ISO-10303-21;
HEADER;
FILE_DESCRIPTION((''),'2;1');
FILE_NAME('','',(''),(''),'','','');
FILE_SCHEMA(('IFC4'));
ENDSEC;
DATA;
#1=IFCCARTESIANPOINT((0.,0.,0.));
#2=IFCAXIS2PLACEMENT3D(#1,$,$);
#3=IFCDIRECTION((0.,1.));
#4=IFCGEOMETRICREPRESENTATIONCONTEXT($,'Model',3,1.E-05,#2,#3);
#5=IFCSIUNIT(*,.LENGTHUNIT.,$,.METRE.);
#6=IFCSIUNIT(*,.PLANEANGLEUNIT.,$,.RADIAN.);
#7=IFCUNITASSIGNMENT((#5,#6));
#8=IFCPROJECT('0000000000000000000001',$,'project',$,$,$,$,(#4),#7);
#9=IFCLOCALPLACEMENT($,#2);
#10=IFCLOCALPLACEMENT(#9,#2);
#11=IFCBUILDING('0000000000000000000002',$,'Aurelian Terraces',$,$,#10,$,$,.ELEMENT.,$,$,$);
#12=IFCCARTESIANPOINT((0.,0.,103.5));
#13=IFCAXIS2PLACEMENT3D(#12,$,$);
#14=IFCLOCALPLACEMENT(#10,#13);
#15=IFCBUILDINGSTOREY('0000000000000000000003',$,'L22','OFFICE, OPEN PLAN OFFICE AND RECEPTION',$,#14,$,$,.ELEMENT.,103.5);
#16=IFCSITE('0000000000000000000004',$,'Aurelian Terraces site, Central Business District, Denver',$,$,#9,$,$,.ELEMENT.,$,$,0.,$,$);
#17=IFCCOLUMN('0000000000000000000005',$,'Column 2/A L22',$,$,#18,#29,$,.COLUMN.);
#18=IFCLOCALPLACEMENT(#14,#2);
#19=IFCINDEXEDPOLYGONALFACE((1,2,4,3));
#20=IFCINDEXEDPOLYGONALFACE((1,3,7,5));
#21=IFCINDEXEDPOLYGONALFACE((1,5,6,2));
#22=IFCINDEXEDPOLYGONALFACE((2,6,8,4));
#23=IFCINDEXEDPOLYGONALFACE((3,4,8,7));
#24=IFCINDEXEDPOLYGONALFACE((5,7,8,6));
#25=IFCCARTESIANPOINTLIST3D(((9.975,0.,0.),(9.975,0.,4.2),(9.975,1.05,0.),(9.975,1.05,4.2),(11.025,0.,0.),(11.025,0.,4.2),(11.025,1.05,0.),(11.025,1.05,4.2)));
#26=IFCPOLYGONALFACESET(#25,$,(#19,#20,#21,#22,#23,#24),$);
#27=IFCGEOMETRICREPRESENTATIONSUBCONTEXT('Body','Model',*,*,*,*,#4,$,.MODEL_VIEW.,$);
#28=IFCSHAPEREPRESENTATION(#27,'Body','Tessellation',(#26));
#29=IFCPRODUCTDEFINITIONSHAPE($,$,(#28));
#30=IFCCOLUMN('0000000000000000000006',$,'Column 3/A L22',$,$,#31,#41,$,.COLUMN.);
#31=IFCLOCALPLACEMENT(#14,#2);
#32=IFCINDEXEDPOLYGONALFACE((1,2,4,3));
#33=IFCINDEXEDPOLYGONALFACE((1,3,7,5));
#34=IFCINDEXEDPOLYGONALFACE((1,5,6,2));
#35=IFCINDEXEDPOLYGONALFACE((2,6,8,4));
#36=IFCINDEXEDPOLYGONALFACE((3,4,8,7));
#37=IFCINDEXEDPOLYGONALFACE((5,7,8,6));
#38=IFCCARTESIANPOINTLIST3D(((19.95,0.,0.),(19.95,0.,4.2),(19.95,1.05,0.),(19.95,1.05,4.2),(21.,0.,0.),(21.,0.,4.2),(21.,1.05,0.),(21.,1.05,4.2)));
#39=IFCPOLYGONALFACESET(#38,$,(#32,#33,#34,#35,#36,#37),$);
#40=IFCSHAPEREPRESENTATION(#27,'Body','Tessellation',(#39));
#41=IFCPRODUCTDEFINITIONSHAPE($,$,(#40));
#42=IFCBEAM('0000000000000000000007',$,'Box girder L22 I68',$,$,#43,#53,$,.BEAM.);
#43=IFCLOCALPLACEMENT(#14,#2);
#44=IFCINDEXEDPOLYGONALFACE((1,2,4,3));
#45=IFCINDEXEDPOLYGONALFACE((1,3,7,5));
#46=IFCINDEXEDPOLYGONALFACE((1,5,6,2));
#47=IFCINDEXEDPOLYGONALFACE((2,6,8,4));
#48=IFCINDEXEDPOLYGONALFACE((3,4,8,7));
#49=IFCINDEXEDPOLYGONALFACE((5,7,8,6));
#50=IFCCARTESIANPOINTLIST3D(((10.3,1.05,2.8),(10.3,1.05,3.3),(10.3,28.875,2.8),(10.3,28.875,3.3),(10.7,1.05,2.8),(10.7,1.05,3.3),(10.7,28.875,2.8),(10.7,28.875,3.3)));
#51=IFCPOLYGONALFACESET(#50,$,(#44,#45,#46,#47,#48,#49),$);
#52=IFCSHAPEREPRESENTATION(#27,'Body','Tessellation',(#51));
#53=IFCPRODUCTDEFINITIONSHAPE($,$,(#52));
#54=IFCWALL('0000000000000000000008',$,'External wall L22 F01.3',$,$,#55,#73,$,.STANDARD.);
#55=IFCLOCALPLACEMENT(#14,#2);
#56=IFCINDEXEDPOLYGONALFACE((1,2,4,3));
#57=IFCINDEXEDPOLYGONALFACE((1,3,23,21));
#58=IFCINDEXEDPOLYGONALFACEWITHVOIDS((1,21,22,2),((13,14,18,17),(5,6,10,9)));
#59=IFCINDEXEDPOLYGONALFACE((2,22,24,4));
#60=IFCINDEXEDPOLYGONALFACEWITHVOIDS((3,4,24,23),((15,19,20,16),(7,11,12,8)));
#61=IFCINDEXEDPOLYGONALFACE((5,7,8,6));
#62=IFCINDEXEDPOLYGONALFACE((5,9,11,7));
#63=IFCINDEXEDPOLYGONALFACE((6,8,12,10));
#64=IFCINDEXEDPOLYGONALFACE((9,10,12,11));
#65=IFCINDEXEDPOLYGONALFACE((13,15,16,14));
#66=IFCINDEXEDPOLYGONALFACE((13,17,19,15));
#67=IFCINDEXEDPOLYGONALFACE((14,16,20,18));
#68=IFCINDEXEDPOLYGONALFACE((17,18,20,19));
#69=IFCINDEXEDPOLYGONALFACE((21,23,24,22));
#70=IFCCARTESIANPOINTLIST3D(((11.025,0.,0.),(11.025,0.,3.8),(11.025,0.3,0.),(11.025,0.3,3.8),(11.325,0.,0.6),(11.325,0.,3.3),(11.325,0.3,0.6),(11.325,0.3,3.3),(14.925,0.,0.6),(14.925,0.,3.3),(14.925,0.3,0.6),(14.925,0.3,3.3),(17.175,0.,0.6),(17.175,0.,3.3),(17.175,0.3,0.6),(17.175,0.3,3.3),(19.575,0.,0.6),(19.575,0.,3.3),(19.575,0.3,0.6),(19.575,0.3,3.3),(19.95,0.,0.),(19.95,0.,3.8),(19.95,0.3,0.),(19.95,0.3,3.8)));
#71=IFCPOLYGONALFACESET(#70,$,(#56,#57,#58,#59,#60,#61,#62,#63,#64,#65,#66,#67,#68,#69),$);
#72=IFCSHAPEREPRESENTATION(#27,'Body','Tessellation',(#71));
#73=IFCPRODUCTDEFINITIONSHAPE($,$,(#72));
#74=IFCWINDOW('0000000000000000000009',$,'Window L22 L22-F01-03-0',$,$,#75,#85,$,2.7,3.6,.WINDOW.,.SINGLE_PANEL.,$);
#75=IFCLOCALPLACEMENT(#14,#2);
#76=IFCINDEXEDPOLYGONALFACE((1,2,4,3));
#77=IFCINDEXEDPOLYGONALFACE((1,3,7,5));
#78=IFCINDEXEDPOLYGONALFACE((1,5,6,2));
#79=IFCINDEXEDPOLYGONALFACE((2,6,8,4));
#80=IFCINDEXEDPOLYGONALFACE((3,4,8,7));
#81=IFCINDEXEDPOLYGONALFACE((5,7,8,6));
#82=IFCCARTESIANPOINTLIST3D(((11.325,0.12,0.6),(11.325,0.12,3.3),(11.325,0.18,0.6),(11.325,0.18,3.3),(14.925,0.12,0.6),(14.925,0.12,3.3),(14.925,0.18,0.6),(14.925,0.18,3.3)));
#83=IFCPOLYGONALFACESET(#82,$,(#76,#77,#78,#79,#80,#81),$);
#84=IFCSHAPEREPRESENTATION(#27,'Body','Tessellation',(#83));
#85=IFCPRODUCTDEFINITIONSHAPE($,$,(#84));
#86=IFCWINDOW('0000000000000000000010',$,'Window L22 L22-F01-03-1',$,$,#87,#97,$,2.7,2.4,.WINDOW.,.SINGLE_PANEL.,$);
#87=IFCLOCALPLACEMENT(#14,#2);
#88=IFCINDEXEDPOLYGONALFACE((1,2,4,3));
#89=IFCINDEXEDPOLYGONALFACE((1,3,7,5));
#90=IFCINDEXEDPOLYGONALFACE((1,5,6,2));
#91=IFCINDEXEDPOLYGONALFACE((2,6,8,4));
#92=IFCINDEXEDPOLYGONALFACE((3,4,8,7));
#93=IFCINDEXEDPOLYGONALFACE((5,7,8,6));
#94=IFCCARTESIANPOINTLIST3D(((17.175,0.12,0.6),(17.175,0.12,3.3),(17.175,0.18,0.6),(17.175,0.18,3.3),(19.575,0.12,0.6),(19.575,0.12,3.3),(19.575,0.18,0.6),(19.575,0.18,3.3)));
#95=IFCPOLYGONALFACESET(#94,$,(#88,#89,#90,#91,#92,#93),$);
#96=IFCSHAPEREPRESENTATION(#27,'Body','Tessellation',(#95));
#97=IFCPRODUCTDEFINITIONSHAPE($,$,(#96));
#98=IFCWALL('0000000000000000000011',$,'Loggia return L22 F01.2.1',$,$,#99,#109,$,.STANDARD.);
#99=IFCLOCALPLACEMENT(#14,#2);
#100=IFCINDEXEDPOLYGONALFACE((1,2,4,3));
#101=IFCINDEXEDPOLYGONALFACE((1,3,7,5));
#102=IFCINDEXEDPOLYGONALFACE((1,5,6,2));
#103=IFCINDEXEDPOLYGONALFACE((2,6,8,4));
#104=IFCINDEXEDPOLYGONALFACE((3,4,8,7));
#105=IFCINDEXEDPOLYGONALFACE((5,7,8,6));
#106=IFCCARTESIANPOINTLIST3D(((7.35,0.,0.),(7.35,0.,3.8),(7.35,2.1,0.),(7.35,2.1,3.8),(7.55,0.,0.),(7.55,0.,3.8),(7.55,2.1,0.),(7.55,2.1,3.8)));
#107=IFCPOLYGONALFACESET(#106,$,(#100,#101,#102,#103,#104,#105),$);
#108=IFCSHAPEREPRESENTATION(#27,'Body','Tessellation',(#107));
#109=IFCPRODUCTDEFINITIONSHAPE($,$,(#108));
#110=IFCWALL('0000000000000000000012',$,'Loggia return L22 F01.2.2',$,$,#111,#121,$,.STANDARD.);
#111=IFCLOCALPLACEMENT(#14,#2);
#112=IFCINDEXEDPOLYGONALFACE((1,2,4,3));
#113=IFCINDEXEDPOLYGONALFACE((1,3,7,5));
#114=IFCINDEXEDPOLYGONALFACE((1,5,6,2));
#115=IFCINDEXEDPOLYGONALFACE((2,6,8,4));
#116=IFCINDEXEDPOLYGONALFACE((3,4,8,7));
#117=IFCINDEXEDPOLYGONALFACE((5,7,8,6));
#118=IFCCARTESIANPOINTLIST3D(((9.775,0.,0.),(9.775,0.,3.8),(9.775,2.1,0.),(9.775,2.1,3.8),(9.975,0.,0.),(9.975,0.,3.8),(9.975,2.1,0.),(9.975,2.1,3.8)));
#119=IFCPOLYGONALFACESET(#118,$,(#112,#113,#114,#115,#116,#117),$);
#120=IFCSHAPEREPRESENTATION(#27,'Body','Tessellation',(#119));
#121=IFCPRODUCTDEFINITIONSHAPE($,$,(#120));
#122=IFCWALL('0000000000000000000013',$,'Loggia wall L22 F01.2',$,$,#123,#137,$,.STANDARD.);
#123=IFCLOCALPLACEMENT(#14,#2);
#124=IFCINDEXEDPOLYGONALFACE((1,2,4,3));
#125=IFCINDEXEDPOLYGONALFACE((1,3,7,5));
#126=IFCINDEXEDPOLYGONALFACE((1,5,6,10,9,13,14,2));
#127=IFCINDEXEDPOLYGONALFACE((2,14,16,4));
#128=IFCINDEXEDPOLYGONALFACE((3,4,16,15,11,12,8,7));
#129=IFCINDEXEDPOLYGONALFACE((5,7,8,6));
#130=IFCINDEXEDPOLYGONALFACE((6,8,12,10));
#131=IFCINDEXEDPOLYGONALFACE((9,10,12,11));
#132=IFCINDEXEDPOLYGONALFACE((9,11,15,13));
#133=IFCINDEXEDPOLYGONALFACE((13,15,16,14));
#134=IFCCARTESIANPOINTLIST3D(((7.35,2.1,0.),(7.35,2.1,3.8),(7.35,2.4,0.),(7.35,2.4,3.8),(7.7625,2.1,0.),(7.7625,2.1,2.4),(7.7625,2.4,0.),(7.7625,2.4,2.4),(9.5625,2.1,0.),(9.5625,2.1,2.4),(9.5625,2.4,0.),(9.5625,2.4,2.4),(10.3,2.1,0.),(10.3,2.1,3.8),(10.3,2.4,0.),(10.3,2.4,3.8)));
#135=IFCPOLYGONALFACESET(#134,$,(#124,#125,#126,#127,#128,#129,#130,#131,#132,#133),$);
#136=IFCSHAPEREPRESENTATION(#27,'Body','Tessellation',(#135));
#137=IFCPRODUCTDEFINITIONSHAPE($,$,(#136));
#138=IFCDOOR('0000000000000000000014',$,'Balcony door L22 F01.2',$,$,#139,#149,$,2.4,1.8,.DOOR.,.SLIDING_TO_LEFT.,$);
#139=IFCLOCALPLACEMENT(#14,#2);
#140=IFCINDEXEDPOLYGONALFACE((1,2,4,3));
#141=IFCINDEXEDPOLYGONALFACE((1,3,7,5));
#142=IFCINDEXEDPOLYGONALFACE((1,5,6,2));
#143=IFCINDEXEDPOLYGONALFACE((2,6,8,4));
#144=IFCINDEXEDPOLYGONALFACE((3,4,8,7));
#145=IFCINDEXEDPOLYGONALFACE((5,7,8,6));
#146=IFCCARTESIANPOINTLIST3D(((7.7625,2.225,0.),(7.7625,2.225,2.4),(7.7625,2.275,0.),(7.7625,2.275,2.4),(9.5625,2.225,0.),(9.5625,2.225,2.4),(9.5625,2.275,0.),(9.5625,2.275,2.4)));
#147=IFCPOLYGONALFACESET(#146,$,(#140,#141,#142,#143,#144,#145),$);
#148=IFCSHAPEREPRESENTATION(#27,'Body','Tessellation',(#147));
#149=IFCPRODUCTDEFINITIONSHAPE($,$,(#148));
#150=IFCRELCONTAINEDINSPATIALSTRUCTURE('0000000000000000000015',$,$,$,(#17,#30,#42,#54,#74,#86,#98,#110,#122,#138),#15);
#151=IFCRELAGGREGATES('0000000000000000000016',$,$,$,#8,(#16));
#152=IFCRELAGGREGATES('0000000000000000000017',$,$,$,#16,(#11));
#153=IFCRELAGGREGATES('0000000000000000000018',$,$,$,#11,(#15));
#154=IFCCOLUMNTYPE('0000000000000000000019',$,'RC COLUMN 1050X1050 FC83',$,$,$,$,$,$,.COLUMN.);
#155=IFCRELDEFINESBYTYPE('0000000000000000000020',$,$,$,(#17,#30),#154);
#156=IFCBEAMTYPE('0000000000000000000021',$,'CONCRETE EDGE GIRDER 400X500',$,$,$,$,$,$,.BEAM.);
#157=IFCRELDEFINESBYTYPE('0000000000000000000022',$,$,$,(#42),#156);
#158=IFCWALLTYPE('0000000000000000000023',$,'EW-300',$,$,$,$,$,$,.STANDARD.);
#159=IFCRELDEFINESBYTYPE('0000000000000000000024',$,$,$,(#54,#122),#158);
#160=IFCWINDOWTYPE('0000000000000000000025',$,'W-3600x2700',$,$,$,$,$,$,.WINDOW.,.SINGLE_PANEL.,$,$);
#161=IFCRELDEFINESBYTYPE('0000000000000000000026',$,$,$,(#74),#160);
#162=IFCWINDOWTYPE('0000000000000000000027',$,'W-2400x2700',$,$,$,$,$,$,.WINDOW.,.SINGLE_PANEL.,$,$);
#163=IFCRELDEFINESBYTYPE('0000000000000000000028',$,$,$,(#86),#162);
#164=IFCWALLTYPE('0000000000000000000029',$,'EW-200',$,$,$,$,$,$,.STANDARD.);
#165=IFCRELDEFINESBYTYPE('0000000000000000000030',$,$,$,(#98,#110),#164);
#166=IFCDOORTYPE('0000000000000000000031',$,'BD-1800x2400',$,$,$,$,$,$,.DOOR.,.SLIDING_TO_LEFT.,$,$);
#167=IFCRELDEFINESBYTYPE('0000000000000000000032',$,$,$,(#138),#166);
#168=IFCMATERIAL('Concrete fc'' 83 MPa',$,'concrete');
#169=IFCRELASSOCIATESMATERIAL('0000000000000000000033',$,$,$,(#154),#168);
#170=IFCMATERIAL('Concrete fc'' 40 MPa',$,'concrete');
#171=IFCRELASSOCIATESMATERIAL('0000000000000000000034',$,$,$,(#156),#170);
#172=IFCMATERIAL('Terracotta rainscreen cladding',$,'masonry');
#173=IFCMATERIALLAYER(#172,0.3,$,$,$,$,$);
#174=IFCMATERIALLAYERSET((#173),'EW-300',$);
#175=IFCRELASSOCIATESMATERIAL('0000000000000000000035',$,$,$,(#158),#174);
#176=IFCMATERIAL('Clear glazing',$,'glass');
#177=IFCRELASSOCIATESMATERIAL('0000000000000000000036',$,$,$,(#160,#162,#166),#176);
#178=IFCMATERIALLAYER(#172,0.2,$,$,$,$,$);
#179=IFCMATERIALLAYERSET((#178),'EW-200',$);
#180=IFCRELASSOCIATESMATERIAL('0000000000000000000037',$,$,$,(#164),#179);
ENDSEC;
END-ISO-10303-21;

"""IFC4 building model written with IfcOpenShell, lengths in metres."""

from ifc_helpers import new_model, si_unit, direction, frame, frame_2d, origin, origin_2d, place, context, subcontext, project, spatial, rectangle, extrude, source, transform, mapped, material, layer, layer_set, material_profile, profile_set, type_object, element, fill, save


model = new_model("IFC4")

# Units and contexts
model_context = context("Model", 3, precision=1e-05, world=origin(), true_north=direction((0.0, 1.0)))
body_context = subcontext(model_context, "Body", "Model", "MODEL_VIEW")
ifc_project = project(units=[si_unit("LENGTHUNIT", "METRE"), si_unit("PLANEANGLEUNIT", "RADIAN")], contexts=[model_context])

# Site, building, storey
site_placement = place(None, origin())
site = spatial("IfcSite", under=ifc_project, at=site_placement, Name="Aurelian Terraces site, Central Business District, Denver", CompositionType="ELEMENT", RefElevation=0.0)
building_placement = place(site_placement, origin())
building = spatial("IfcBuilding", under=site, at=building_placement, Name="Aurelian Terraces", CompositionType="ELEMENT")
storey_placement = place(building_placement, frame((0.0, 0.0, 103.5)))
storey = spatial("IfcBuildingStorey", under=building, at=storey_placement, Name="L22", Description="OFFICE, OPEN PLAN OFFICE AND RECEPTION", CompositionType="ELEMENT", Elevation=103.5)

# Columns
ifc_material_1 = material(Name="Concrete fc' 83 MPa", Category="concrete")
ifc_material_profile_1 = material_profile(ifc_material_1, rectangle(XDim=1.05, YDim=1.05, at=origin_2d()))
ifc_profile_set_1 = profile_set([ifc_material_profile_1], Name="Concrete fc' 83 MPa")
column_type = type_object("IfcColumnType", Name="RC COLUMN 1050X1050 FC83", PredefinedType="COLUMN", material=ifc_profile_set_1)
column_1_placement = place(storey_placement, frame((10.5, 0.525, 0.0), z_axis=(0.0, 0.0, 1.0), x_axis=(1.0, 0.0, 0.0)))
element("IfcColumn", 1, at=column_1_placement, inside=storey, type_object=column_type, Name="Column 2/A L22", PredefinedType="COLUMN", context=body_context, shape_type="SweptSolid", body=[
    extrude(rectangle(XDim=1.05, YDim=1.05, at=origin_2d()), origin(), (0.0, 0.0, 1.0), 4.2),
])
shared_shape_1 = source(origin(), body_context, "Body", "SweptSolid", [
    extrude(rectangle(XDim=1.05, YDim=1.05, at=origin_2d()), origin(), (0.0, 0.0, 1.0), 4.2),
])
column_2_placement = place(storey_placement, frame((20.475, 0.525, 0.0), z_axis=(0.0, 0.0, 1.0), x_axis=(1.0, 0.0, 0.0)))
element("IfcColumn", 2, at=column_2_placement, inside=storey, type_object=column_type, Name="Column 3/A L22", PredefinedType="COLUMN", context=body_context, shape_type="MappedRepresentation", body=[
    mapped(shared_shape_1, transform((0.0, 0.0, 0.0), scale=1.0)),
])

# Beam
ifc_material_2 = material(Name="Concrete fc' 40 MPa", Category="concrete")
ifc_material_profile_2 = material_profile(ifc_material_2, rectangle(XDim=0.4, YDim=0.5, at=origin_2d()))
ifc_profile_set_2 = profile_set([ifc_material_profile_2], Name="Concrete fc' 40 MPa")
beam_type = type_object("IfcBeamType", Name="CONCRETE EDGE GIRDER 400X500", PredefinedType="BEAM", material=ifc_profile_set_2)
shared_shape_2 = source(origin(), body_context, "Body", "SweptSolid", [
    extrude(rectangle(XDim=0.4, YDim=0.5, at=origin_2d()), origin(), (0.0, 0.0, 1.0), 27.825),
])
beam_placement = place(storey_placement, frame((10.5, 1.05, 3.05), z_axis=(0.0, 1.0, 0.0), x_axis=(-1.0, 0.0, 0.0)))
element("IfcBeam", 3, at=beam_placement, inside=storey, type_object=beam_type, Name="Box girder L22 I68", PredefinedType="BEAM", context=body_context, shape_type="MappedRepresentation", body=[
    mapped(shared_shape_2, transform((0.0, 0.0, 0.0), scale=1.0)),
])

# Wall, openings, windows
ifc_material_3 = material(Name="Terracotta rainscreen cladding", Category="masonry")
ifc_layer_1 = layer(ifc_material_3, 0.3)
ifc_layer_set_1 = layer_set([ifc_layer_1], Name="EW-300")
wall_type_1 = type_object("IfcWallType", Name="EW-300", PredefinedType="STANDARD", material=ifc_layer_set_1)
wall_1_placement = place(storey_placement, frame((11.025, 0.15, 0.0), z_axis=(0.0, 0.0, 1.0), x_axis=(1.0, 0.0, 0.0)))
wall_1 = element("IfcWall", 4, at=wall_1_placement, inside=storey, type_object=wall_type_1, Name="External wall L22 F01.3", PredefinedType="STANDARD", context=body_context, shape_type="SweptSolid", body=[
    extrude(rectangle(XDim=8.925, YDim=0.3, at=frame_2d((4.4625, 0.0))), origin(), (0.0, 0.0, 1.0), 3.8),
])
shared_shape_3 = source(origin(), body_context, "Body", "SweptSolid", [
    extrude(rectangle(XDim=3.6, YDim=2.7, at=frame_2d((1.8, 1.35))), frame((0.0, 0.16, 0.0), z_axis=(0.0, -1.0, 0.0), x_axis=(1.0, 0.0, 0.0)), (0.0, 0.0, 1.0), 0.32),
])
opening_1_placement = place(wall_1_placement, frame((0.3, 0.0, 0.6)))
opening_1 = element("IfcOpeningElement", 5, at=opening_1_placement, cuts=wall_1, PredefinedType="OPENING", context=body_context, shape_type="MappedRepresentation", body=[
    mapped(shared_shape_3, transform((0.0, 0.0, 0.0), scale=1.0)),
])
shared_shape_4 = source(origin(), body_context, "Body", "SweptSolid", [
    extrude(rectangle(XDim=2.4, YDim=2.7, at=frame_2d((1.2, 1.35))), frame((0.0, 0.16, 0.0), z_axis=(0.0, -1.0, 0.0), x_axis=(1.0, 0.0, 0.0)), (0.0, 0.0, 1.0), 0.32),
])
opening_2_placement = place(wall_1_placement, frame((6.15, 0.0, 0.6)))
opening_2 = element("IfcOpeningElement", 6, at=opening_2_placement, cuts=wall_1, PredefinedType="OPENING", context=body_context, shape_type="MappedRepresentation", body=[
    mapped(shared_shape_4, transform((0.0, 0.0, 0.0), scale=1.0)),
])
ifc_material_4 = material(Name="Clear glazing", Category="glass")
window_type_1 = type_object("IfcWindowType", Name="W-3600x2700", PartitioningType="SINGLE_PANEL", PredefinedType="WINDOW", material=ifc_material_4)
shared_shape_5 = source(origin(), body_context, "Body", "SweptSolid", [
    extrude(rectangle(XDim=3.6, YDim=2.7, at=frame_2d((1.8, 1.35))), frame((0.0, 0.03, 0.0), z_axis=(0.0, -1.0, 0.0), x_axis=(1.0, 0.0, 0.0)), (0.0, 0.0, 1.0), 0.06),
])
window_1_placement = place(opening_1_placement, origin())
window_1 = element("IfcWindow", 7, at=window_1_placement, inside=storey, type_object=window_type_1, Name="Window L22 L22-F01-03-0", OverallHeight=2.7, OverallWidth=3.6, PartitioningType="SINGLE_PANEL", PredefinedType="WINDOW", context=body_context, shape_type="MappedRepresentation", body=[
    mapped(shared_shape_5, transform((0.0, 0.0, 0.0), scale=1.0)),
])
fill(opening_1, window_1)
window_type_2 = type_object("IfcWindowType", Name="W-2400x2700", PartitioningType="SINGLE_PANEL", PredefinedType="WINDOW", material=ifc_material_4)
shared_shape_6 = source(origin(), body_context, "Body", "SweptSolid", [
    extrude(rectangle(XDim=2.4, YDim=2.7, at=frame_2d((1.2, 1.35))), frame((0.0, 0.03, 0.0), z_axis=(0.0, -1.0, 0.0), x_axis=(1.0, 0.0, 0.0)), (0.0, 0.0, 1.0), 0.06),
])
window_2_placement = place(opening_2_placement, origin())
window_2 = element("IfcWindow", 8, at=window_2_placement, inside=storey, type_object=window_type_2, Name="Window L22 L22-F01-03-1", OverallHeight=2.7, OverallWidth=2.4, PartitioningType="SINGLE_PANEL", PredefinedType="WINDOW", context=body_context, shape_type="MappedRepresentation", body=[
    mapped(shared_shape_6, transform((0.0, 0.0, 0.0), scale=1.0)),
])
fill(opening_2, window_2)

# Walls
ifc_layer_2 = layer(ifc_material_3, 0.2)
ifc_layer_set_2 = layer_set([ifc_layer_2], Name="EW-200")
wall_type_2 = type_object("IfcWallType", Name="EW-200", PredefinedType="STANDARD", material=ifc_layer_set_2)
shared_shape_7 = source(origin(), body_context, "Body", "SweptSolid", [
    extrude(rectangle(XDim=2.1, YDim=0.2, at=frame_2d((1.05, 0.0))), origin(), (0.0, 0.0, 1.0), 3.8),
])
for number, where, z_axis, x_axis, name in (
    (9, (7.45, 0.0, 0.0), (0.0, 0.0, 1.0), (0.0, 1.0, 0.0), "Loggia return L22 F01.2.1"),
    (10, (9.875, 0.0, 0.0), (0.0, 0.0, 1.0), (0.0, 1.0, 0.0), "Loggia return L22 F01.2.2"),
):
    element("IfcWall", number, at=place(storey_placement, frame(where, z_axis=z_axis, x_axis=x_axis)), inside=storey, type_object=wall_type_2, Name=name, PredefinedType="STANDARD", context=body_context, shape_type="MappedRepresentation", body=[
        mapped(shared_shape_7, transform((0.0, 0.0, 0.0), scale=1.0)),
    ])

# Wall, opening, door
shared_shape_8 = source(origin(), body_context, "Body", "SweptSolid", [
    extrude(rectangle(XDim=2.95, YDim=0.3, at=frame_2d((1.475, 0.0))), origin(), (0.0, 0.0, 1.0), 3.8),
])
wall_2_placement = place(storey_placement, frame((7.35, 2.25, 0.0), z_axis=(0.0, 0.0, 1.0), x_axis=(1.0, 0.0, 0.0)))
wall_2 = element("IfcWall", 11, at=wall_2_placement, inside=storey, type_object=wall_type_1, Name="Loggia wall L22 F01.2", PredefinedType="STANDARD", context=body_context, shape_type="MappedRepresentation", body=[
    mapped(shared_shape_8, transform((0.0, 0.0, 0.0), scale=1.0)),
])
shared_shape_9 = source(origin(), body_context, "Body", "SweptSolid", [
    extrude(rectangle(XDim=1.8, YDim=2.4, at=frame_2d((0.9, 1.2))), frame((0.0, 0.16, 0.0), z_axis=(0.0, -1.0, 0.0), x_axis=(1.0, 0.0, 0.0)), (0.0, 0.0, 1.0), 0.32),
])
opening_3_placement = place(wall_2_placement, frame((0.4125, 0.0, 0.0)))
opening_3 = element("IfcOpeningElement", 12, at=opening_3_placement, cuts=wall_2, PredefinedType="OPENING", context=body_context, shape_type="MappedRepresentation", body=[
    mapped(shared_shape_9, transform((0.0, 0.0, 0.0), scale=1.0)),
])
door_type = type_object("IfcDoorType", Name="BD-1800x2400", OperationType="SLIDING_TO_LEFT", PredefinedType="DOOR", material=ifc_material_4)
shared_shape_10 = source(origin(), body_context, "Body", "SweptSolid", [
    extrude(rectangle(XDim=1.8, YDim=2.4, at=frame_2d((0.9, 1.2))), frame((0.0, 0.025, 0.0), z_axis=(0.0, -1.0, 0.0), x_axis=(1.0, 0.0, 0.0)), (0.0, 0.0, 1.0), 0.05),
])
door_placement = place(opening_3_placement, origin())
door = element("IfcDoor", 13, at=door_placement, inside=storey, type_object=door_type, Name="Balcony door L22 F01.2", OperationType="SLIDING_TO_LEFT", OverallHeight=2.4, OverallWidth=1.8, PredefinedType="DOOR", context=body_context, shape_type="MappedRepresentation", body=[
    mapped(shared_shape_10, transform((0.0, 0.0, 0.0), scale=1.0)),
])
fill(opening_3, door)

save(model, "model.ifc")
